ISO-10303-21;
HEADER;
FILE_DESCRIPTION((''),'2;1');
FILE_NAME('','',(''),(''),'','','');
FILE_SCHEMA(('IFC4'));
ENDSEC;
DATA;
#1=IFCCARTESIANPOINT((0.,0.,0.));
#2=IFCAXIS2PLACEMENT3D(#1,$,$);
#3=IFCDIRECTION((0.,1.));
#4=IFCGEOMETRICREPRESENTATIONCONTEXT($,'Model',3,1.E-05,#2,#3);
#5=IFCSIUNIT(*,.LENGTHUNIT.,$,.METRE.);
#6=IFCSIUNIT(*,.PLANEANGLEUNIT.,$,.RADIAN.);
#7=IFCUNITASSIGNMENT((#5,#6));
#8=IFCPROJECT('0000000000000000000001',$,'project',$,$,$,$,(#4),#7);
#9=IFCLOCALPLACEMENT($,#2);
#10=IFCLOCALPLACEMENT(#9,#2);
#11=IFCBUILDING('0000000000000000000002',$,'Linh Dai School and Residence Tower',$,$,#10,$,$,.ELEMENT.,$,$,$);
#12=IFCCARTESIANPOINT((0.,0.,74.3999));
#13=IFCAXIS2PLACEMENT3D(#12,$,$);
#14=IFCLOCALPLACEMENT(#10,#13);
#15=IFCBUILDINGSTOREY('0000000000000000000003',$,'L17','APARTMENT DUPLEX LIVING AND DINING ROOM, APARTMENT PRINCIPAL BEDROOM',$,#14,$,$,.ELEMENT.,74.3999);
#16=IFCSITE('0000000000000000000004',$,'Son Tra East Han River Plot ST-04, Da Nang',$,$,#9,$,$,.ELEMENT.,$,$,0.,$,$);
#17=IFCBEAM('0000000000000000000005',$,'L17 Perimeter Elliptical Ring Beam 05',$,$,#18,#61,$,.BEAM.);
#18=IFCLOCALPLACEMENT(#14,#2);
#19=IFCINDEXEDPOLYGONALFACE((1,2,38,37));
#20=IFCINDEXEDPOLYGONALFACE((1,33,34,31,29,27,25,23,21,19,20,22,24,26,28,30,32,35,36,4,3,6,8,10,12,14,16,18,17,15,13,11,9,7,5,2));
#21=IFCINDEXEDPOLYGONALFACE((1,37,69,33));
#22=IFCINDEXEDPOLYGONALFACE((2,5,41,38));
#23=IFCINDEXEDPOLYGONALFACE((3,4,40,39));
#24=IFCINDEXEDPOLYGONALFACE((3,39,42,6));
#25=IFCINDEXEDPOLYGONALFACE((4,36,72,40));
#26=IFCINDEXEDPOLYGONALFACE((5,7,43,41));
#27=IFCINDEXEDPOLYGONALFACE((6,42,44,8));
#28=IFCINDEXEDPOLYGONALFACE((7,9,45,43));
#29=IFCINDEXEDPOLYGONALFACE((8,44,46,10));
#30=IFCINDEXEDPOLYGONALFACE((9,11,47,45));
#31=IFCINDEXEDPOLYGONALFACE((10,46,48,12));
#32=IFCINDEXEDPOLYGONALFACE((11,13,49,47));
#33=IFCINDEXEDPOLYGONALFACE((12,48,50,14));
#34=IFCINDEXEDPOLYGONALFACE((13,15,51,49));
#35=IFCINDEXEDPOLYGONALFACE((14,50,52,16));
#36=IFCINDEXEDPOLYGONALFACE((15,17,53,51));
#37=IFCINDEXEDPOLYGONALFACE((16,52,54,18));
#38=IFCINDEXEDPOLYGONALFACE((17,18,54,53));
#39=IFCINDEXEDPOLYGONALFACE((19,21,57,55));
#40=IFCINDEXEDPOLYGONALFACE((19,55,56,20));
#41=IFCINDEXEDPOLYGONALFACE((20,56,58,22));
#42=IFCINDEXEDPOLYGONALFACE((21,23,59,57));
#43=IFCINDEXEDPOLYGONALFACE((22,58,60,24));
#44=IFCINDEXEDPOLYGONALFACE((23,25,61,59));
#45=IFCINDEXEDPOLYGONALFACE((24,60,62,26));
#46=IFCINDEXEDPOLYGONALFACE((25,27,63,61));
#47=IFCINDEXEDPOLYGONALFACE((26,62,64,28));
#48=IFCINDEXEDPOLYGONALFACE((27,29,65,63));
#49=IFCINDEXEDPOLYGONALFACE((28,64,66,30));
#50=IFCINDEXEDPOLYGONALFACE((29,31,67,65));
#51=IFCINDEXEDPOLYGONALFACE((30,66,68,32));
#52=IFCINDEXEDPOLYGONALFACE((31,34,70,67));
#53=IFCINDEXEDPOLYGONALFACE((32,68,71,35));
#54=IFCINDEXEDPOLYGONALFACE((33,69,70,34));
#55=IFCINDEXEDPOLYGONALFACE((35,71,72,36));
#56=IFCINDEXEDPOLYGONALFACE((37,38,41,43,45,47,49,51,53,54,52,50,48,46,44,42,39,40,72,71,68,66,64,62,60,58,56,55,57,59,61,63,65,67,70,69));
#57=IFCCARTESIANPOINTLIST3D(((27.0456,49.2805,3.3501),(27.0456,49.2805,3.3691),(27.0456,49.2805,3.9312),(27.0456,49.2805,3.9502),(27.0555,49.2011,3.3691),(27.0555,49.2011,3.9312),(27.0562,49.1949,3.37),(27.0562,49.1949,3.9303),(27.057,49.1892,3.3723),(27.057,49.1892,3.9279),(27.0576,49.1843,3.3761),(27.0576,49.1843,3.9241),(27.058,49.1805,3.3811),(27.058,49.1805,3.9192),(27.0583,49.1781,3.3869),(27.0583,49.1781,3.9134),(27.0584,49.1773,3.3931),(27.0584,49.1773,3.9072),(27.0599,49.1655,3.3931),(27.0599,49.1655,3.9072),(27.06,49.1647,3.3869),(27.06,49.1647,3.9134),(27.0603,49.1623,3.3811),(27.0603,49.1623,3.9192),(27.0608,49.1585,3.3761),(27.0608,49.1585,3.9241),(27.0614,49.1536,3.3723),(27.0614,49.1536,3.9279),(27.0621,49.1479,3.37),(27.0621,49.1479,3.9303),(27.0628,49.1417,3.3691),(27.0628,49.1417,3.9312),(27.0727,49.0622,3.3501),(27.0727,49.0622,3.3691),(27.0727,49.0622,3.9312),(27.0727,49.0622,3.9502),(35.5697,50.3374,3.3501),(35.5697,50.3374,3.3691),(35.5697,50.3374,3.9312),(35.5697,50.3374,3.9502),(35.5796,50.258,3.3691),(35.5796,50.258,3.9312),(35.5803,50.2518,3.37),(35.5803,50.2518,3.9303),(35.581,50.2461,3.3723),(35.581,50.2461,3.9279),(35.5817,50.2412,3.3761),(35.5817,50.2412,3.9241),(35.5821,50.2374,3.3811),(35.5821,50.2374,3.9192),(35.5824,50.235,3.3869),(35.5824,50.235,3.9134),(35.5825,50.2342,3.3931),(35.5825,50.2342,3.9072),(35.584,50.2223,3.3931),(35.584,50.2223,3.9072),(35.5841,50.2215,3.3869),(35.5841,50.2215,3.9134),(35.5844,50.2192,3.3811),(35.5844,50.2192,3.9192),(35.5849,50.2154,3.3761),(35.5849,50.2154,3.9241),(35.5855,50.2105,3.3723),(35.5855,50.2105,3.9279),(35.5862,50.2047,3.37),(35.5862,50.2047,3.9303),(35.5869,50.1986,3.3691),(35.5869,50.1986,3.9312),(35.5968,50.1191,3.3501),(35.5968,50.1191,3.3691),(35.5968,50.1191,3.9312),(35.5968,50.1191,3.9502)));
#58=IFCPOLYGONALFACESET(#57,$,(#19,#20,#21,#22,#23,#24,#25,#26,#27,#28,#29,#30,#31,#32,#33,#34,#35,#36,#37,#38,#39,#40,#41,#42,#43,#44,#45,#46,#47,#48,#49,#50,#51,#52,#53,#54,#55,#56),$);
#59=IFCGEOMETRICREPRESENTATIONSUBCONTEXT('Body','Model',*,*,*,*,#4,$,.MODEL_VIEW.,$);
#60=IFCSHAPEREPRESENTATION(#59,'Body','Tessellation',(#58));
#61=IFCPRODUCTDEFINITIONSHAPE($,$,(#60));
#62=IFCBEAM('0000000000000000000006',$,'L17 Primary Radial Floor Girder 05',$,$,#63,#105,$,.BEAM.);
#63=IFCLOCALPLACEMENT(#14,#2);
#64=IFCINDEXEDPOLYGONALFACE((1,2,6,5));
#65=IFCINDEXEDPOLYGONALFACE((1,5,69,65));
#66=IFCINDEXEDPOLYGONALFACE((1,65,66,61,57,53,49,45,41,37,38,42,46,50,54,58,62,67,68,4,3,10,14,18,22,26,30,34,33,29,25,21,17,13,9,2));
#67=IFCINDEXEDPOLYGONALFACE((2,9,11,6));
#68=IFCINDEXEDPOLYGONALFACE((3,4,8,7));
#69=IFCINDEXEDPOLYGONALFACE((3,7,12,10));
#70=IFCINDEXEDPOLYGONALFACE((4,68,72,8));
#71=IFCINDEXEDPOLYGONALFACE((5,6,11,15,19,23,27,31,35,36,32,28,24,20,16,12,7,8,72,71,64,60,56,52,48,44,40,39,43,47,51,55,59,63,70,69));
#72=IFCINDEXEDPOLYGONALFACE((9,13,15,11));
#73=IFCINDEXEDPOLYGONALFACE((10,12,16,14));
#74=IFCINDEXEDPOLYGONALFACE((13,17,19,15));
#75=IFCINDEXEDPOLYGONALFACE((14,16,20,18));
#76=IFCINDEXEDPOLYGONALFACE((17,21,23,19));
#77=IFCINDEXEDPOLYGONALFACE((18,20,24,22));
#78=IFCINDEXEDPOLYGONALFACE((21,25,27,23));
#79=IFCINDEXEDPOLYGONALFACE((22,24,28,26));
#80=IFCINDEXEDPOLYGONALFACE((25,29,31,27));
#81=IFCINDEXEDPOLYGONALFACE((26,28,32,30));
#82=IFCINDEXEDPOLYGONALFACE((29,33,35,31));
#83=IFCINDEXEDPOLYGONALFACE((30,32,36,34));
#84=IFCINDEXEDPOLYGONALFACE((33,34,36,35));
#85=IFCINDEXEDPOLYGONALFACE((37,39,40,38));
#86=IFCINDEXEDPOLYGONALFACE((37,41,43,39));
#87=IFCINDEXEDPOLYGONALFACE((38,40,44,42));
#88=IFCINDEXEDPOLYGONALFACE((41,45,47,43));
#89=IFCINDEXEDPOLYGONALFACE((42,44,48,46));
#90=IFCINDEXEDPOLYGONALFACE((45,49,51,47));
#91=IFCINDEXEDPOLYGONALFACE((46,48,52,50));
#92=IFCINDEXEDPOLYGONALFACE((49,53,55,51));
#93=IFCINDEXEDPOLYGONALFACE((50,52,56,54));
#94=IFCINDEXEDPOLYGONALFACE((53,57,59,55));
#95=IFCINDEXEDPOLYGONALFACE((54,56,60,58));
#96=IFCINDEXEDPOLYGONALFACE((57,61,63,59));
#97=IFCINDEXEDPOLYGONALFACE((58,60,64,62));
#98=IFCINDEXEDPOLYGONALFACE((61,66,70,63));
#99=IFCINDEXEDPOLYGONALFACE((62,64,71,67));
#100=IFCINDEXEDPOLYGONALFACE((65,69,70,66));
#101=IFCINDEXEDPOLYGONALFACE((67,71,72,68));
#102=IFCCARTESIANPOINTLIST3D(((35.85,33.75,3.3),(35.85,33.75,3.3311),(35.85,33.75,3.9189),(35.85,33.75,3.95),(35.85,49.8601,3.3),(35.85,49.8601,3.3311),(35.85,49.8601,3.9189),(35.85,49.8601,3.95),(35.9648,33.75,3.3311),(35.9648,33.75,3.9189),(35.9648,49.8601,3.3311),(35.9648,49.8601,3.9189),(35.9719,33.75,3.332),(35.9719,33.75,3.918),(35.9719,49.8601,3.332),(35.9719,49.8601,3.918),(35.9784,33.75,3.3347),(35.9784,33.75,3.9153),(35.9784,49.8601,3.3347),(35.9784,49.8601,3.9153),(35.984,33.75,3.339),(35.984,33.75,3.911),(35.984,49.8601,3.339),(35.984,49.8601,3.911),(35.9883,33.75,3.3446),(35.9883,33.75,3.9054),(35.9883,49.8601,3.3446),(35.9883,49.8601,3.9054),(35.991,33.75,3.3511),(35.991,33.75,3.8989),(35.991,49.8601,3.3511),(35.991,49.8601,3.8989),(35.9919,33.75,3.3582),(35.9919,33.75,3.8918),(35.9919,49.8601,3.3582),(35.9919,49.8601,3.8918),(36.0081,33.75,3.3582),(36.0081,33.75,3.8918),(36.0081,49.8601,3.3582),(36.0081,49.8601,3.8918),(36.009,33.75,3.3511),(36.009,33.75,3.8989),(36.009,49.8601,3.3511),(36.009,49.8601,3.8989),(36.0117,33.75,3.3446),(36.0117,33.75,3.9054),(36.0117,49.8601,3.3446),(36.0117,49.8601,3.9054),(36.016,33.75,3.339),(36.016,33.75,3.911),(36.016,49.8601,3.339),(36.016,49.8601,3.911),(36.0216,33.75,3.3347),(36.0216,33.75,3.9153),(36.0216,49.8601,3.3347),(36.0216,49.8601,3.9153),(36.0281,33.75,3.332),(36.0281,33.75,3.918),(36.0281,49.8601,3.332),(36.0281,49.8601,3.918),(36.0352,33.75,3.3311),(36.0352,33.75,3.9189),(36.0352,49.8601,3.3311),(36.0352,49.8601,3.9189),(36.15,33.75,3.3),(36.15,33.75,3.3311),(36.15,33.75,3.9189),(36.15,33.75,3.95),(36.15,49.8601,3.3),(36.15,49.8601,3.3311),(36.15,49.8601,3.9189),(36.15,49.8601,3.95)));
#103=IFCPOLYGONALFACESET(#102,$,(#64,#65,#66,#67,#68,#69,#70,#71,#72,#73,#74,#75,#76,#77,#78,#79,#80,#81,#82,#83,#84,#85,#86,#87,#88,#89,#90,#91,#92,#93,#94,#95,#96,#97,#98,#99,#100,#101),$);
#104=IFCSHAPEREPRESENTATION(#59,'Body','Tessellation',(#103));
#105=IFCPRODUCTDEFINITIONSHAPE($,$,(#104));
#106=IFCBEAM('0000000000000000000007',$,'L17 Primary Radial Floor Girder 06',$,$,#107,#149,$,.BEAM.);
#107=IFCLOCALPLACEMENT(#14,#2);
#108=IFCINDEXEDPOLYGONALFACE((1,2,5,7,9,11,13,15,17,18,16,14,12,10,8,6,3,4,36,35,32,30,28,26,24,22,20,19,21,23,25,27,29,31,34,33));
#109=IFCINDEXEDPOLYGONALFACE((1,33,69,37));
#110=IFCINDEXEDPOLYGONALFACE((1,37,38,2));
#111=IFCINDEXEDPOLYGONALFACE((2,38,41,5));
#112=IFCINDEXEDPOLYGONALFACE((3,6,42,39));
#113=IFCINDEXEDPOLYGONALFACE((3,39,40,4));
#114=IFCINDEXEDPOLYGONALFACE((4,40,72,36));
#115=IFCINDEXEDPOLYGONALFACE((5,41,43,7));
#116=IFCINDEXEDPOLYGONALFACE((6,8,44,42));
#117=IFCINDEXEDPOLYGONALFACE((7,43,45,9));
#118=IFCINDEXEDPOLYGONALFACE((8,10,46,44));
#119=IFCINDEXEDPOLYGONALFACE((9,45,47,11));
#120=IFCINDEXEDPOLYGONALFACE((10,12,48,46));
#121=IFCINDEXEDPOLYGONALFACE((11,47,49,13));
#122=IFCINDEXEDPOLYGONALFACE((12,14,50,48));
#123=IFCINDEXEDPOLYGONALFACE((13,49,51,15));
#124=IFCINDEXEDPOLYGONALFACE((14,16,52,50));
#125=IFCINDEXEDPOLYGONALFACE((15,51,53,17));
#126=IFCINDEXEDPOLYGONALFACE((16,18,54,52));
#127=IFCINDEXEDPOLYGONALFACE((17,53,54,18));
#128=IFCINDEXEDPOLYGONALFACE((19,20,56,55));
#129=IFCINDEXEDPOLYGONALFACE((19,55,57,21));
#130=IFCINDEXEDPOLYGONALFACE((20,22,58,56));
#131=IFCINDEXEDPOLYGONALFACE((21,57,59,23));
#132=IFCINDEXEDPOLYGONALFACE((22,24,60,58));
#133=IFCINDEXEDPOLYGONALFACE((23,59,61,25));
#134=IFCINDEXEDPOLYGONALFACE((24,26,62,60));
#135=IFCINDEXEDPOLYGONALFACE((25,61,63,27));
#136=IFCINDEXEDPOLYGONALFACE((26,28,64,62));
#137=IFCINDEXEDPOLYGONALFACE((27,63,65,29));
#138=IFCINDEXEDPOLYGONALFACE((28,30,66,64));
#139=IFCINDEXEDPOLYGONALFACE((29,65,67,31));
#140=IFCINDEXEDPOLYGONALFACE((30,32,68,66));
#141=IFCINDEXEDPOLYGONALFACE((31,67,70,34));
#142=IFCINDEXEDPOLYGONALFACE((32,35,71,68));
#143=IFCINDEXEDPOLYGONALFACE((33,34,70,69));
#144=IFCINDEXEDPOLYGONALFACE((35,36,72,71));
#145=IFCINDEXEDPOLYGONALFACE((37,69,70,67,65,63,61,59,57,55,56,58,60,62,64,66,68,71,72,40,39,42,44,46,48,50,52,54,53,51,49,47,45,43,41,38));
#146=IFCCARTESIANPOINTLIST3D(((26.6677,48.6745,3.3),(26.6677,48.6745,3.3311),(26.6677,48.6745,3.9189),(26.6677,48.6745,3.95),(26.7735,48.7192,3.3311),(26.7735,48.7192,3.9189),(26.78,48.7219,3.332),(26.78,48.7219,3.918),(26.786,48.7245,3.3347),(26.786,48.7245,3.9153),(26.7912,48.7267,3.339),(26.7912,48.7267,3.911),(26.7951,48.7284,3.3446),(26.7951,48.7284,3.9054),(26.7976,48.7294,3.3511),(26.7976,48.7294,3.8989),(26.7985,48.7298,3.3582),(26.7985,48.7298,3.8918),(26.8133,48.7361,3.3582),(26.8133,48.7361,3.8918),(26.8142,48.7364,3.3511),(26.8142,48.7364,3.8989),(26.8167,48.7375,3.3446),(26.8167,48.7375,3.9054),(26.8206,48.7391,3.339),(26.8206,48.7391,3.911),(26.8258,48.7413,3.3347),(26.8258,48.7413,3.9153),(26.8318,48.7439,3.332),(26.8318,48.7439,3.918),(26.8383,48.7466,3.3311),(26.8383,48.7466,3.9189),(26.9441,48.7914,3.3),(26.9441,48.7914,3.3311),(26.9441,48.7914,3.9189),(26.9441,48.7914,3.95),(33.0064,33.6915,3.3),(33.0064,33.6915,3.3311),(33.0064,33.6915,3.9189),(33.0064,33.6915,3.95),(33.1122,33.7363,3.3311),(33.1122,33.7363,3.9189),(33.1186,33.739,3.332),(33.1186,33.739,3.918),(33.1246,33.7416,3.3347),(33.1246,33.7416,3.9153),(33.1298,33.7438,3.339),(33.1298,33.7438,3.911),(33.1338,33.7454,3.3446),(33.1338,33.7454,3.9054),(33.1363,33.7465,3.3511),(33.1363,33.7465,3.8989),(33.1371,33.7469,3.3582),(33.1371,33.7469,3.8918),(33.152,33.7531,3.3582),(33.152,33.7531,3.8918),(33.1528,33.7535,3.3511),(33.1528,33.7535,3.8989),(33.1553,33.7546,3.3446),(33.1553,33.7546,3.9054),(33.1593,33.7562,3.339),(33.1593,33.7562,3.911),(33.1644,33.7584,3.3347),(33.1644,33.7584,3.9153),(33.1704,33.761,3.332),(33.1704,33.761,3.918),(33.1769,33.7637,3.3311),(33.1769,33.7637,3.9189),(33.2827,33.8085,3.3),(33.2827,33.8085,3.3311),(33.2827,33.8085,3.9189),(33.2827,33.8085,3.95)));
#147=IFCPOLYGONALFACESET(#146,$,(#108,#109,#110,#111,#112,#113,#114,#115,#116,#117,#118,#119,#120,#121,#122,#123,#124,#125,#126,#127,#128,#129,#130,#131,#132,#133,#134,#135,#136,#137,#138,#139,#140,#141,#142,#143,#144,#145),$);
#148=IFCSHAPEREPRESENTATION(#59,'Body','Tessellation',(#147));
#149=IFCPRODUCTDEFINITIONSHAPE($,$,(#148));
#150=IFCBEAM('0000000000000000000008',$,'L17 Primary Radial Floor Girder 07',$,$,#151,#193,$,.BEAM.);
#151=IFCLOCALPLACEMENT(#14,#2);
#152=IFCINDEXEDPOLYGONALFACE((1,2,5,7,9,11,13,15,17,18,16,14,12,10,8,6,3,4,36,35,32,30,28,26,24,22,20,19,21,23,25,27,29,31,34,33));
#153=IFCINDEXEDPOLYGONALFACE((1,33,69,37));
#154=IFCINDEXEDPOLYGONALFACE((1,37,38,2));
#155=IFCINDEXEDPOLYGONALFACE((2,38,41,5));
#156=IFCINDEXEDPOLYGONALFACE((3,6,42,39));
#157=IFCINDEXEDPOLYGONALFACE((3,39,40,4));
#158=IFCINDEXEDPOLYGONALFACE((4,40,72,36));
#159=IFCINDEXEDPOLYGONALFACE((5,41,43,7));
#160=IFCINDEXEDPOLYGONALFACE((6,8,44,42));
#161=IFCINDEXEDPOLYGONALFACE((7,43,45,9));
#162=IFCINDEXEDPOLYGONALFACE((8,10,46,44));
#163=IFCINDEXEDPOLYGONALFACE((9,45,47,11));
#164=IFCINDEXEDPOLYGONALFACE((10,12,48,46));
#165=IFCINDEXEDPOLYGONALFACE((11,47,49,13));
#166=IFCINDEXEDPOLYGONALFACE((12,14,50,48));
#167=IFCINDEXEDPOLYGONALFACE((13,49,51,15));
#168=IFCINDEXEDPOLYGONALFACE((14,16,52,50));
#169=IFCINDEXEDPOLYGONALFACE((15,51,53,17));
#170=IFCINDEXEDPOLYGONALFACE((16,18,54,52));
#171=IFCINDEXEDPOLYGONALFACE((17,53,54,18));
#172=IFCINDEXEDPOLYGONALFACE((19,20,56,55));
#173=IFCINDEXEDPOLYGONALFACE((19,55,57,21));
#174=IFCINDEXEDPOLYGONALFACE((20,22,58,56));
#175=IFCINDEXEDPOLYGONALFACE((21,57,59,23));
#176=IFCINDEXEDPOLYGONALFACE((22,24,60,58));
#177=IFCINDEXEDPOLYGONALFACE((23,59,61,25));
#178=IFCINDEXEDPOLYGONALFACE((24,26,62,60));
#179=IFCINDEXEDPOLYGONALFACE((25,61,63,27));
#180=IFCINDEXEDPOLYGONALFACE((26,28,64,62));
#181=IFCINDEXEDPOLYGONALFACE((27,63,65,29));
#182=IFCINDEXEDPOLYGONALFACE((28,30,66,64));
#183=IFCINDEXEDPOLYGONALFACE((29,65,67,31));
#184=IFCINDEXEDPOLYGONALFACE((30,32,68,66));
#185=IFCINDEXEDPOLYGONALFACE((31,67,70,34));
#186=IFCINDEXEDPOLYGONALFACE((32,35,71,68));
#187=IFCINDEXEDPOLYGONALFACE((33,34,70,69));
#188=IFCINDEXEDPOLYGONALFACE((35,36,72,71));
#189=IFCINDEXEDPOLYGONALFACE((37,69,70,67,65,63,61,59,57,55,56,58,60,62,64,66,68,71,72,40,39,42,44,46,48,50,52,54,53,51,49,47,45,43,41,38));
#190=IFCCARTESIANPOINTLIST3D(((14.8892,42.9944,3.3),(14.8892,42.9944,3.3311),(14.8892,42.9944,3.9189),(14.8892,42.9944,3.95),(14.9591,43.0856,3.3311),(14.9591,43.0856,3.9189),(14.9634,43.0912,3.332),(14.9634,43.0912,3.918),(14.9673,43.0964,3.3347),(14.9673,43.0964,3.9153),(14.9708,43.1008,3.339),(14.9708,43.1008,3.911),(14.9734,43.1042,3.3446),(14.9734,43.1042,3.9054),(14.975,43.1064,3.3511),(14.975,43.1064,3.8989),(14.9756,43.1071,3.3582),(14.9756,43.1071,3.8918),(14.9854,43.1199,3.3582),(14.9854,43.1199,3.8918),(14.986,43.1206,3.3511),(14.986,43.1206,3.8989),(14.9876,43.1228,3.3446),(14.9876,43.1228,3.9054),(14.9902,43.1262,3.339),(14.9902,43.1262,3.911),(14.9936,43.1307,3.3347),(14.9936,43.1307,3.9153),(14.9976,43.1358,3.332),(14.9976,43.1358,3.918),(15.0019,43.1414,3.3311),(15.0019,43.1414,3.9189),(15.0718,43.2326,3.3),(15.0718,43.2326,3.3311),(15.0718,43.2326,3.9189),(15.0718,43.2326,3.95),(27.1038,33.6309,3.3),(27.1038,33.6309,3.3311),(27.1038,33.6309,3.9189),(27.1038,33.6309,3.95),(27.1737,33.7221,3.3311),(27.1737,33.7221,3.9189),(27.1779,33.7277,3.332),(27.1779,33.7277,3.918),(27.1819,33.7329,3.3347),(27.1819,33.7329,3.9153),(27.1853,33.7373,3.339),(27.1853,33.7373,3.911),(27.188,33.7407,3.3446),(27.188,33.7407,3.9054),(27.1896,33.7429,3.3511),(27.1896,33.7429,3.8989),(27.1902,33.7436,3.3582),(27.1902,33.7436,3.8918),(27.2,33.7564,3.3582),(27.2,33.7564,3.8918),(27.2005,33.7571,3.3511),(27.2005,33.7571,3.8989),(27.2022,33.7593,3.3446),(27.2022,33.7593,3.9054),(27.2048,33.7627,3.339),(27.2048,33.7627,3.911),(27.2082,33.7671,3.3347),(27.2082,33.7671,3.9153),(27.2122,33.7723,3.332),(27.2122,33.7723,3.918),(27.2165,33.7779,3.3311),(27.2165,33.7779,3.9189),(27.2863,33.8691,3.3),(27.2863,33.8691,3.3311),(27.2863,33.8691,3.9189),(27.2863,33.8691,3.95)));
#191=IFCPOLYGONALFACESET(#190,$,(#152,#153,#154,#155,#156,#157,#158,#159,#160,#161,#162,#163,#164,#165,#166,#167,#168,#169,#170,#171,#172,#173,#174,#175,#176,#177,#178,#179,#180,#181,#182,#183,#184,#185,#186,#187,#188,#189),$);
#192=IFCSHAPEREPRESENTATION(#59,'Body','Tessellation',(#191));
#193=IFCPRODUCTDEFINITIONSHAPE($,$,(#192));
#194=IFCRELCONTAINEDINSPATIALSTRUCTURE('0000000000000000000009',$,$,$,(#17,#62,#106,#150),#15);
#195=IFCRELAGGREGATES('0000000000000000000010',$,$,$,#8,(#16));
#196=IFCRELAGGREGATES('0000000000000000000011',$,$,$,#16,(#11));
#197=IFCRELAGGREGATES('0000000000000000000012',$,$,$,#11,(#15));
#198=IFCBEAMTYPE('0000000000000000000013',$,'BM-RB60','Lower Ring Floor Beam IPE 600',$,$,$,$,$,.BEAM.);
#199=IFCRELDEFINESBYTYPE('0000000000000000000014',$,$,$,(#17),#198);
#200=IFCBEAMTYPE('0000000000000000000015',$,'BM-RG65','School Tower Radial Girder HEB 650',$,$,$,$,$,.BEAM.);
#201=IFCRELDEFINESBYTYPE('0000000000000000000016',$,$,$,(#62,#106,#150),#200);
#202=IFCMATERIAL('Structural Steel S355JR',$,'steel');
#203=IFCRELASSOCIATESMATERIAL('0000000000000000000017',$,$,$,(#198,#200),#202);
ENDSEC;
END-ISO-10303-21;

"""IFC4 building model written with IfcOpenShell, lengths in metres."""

from ifc_helpers import new_model, si_unit, direction, frame, origin, origin_2d, place, context, subcontext, project, spatial, i_section, extrude, material, material_profile, profile_set, type_object, element, save


model = new_model("IFC4")

# Units and contexts
model_context = context("Model", 3, precision=1e-05, world=origin(), true_north=direction((0.0, 1.0)))
body_context = subcontext(model_context, "Body", "Model", "MODEL_VIEW")
ifc_project = project(units=[si_unit("LENGTHUNIT", "METRE"), si_unit("PLANEANGLEUNIT", "RADIAN")], contexts=[model_context])

# Site, building, storey
site_placement = place(None, origin())
site = spatial("IfcSite", under=ifc_project, at=site_placement, Name="Son Tra East Han River Plot ST-04, Da Nang", CompositionType="ELEMENT", RefElevation=0.0)
building_placement = place(site_placement, origin())
building = spatial("IfcBuilding", under=site, at=building_placement, Name="Linh Dai School and Residence Tower", CompositionType="ELEMENT")
storey_placement = place(building_placement, frame((0.0, 0.0, 74.3999)))
storey = spatial("IfcBuildingStorey", under=building, at=storey_placement, Name="L17", Description="APARTMENT DUPLEX LIVING AND DINING ROOM, APARTMENT PRINCIPAL BEDROOM", CompositionType="ELEMENT", Elevation=74.3999)

# Shared definitions
ifc_material_1 = material(Name="Structural Steel S355JR", Category="steel")

# Beams
ifc_material_profile_1 = material_profile(ifc_material_1, i_section(OverallWidth=0.22, OverallDepth=0.6001, WebThickness=0.012, FlangeThickness=0.019, FilletRadius=0.0239, at=origin_2d()), Name="IPE 600")
ifc_profile_set_1 = profile_set([ifc_material_profile_1], Name="Structural Steel S355JR")
beam_type_1 = type_object("IfcBeamType", Name="BM-RB60", Description="Lower Ring Floor Beam IPE 600", PredefinedType="BEAM", material=ifc_profile_set_1)
beam_1_placement = place(storey_placement, frame((35.5833, 50.2283, 3.6501), z_axis=(-0.992401, -0.123045, 0.0), x_axis=(0.123045, -0.992401, 0.0)))
element("IfcBeam", 1, at=beam_1_placement, inside=storey, type_object=beam_type_1, Name="L17 Perimeter Elliptical Ring Beam 05", PredefinedType="BEAM", context=body_context, shape_type="SweptSolid", body=[
    extrude(i_section(OverallWidth=0.22, OverallDepth=0.6001, WebThickness=0.012, FlangeThickness=0.019, FilletRadius=0.0239, at=origin_2d()), origin(), (0.0, 0.0, 1.0), 8.5894),
])
ifc_material_profile_2 = material_profile(ifc_material_1, i_section(OverallWidth=0.3, OverallDepth=0.6499, WebThickness=0.0161, FlangeThickness=0.031, FilletRadius=0.0271, at=origin_2d()), Name="HEB 650")
ifc_profile_set_2 = profile_set([ifc_material_profile_2], Name="Structural Steel S355JR")
beam_type_2 = type_object("IfcBeamType", Name="BM-RG65", Description="School Tower Radial Girder HEB 650", PredefinedType="BEAM", material=ifc_profile_set_2)
beam_2_placement = place(storey_placement, frame((36.0, 33.75, 3.625), z_axis=(0.0, 1.0, 0.0), x_axis=(-1.0, 0.0, 0.0)))
element("IfcBeam", 2, at=beam_2_placement, inside=storey, type_object=beam_type_2, Name="L17 Primary Radial Floor Girder 05", PredefinedType="BEAM", context=body_context, shape_type="SweptSolid", body=[
    extrude(i_section(OverallWidth=0.3, OverallDepth=0.6499, WebThickness=0.0161, FlangeThickness=0.031, FilletRadius=0.0271, at=origin_2d()), origin(), (0.0, 0.0, 1.0), 16.1101),
])
beam_3_placement = place(storey_placement, frame((33.1445, 33.75, 3.625), z_axis=(-0.389624, 0.920974, 0.0), x_axis=(-0.920974, -0.389624, 0.0)))
element("IfcBeam", 3, at=beam_3_placement, inside=storey, type_object=beam_type_2, Name="L17 Primary Radial Floor Girder 06", PredefinedType="BEAM", context=body_context, shape_type="SweptSolid", body=[
    extrude(i_section(OverallWidth=0.3, OverallDepth=0.6499, WebThickness=0.0161, FlangeThickness=0.031, FilletRadius=0.0271, at=origin_2d()), origin(), (0.0, 0.0, 1.0), 16.2686),
])
beam_4_placement = place(storey_placement, frame((27.1951, 33.75, 3.625), z_axis=(-0.793638, 0.608391, 0.0), x_axis=(-0.608391, -0.793638, 0.0)))
element("IfcBeam", 4, at=beam_4_placement, inside=storey, type_object=beam_type_2, Name="L17 Primary Radial Floor Girder 07", PredefinedType="BEAM", context=body_context, shape_type="SweptSolid", body=[
    extrude(i_section(OverallWidth=0.3, OverallDepth=0.6499, WebThickness=0.0161, FlangeThickness=0.031, FilletRadius=0.0271, at=origin_2d()), origin(), (0.0, 0.0, 1.0), 15.3906),
])

save(model, "model.ifc")
